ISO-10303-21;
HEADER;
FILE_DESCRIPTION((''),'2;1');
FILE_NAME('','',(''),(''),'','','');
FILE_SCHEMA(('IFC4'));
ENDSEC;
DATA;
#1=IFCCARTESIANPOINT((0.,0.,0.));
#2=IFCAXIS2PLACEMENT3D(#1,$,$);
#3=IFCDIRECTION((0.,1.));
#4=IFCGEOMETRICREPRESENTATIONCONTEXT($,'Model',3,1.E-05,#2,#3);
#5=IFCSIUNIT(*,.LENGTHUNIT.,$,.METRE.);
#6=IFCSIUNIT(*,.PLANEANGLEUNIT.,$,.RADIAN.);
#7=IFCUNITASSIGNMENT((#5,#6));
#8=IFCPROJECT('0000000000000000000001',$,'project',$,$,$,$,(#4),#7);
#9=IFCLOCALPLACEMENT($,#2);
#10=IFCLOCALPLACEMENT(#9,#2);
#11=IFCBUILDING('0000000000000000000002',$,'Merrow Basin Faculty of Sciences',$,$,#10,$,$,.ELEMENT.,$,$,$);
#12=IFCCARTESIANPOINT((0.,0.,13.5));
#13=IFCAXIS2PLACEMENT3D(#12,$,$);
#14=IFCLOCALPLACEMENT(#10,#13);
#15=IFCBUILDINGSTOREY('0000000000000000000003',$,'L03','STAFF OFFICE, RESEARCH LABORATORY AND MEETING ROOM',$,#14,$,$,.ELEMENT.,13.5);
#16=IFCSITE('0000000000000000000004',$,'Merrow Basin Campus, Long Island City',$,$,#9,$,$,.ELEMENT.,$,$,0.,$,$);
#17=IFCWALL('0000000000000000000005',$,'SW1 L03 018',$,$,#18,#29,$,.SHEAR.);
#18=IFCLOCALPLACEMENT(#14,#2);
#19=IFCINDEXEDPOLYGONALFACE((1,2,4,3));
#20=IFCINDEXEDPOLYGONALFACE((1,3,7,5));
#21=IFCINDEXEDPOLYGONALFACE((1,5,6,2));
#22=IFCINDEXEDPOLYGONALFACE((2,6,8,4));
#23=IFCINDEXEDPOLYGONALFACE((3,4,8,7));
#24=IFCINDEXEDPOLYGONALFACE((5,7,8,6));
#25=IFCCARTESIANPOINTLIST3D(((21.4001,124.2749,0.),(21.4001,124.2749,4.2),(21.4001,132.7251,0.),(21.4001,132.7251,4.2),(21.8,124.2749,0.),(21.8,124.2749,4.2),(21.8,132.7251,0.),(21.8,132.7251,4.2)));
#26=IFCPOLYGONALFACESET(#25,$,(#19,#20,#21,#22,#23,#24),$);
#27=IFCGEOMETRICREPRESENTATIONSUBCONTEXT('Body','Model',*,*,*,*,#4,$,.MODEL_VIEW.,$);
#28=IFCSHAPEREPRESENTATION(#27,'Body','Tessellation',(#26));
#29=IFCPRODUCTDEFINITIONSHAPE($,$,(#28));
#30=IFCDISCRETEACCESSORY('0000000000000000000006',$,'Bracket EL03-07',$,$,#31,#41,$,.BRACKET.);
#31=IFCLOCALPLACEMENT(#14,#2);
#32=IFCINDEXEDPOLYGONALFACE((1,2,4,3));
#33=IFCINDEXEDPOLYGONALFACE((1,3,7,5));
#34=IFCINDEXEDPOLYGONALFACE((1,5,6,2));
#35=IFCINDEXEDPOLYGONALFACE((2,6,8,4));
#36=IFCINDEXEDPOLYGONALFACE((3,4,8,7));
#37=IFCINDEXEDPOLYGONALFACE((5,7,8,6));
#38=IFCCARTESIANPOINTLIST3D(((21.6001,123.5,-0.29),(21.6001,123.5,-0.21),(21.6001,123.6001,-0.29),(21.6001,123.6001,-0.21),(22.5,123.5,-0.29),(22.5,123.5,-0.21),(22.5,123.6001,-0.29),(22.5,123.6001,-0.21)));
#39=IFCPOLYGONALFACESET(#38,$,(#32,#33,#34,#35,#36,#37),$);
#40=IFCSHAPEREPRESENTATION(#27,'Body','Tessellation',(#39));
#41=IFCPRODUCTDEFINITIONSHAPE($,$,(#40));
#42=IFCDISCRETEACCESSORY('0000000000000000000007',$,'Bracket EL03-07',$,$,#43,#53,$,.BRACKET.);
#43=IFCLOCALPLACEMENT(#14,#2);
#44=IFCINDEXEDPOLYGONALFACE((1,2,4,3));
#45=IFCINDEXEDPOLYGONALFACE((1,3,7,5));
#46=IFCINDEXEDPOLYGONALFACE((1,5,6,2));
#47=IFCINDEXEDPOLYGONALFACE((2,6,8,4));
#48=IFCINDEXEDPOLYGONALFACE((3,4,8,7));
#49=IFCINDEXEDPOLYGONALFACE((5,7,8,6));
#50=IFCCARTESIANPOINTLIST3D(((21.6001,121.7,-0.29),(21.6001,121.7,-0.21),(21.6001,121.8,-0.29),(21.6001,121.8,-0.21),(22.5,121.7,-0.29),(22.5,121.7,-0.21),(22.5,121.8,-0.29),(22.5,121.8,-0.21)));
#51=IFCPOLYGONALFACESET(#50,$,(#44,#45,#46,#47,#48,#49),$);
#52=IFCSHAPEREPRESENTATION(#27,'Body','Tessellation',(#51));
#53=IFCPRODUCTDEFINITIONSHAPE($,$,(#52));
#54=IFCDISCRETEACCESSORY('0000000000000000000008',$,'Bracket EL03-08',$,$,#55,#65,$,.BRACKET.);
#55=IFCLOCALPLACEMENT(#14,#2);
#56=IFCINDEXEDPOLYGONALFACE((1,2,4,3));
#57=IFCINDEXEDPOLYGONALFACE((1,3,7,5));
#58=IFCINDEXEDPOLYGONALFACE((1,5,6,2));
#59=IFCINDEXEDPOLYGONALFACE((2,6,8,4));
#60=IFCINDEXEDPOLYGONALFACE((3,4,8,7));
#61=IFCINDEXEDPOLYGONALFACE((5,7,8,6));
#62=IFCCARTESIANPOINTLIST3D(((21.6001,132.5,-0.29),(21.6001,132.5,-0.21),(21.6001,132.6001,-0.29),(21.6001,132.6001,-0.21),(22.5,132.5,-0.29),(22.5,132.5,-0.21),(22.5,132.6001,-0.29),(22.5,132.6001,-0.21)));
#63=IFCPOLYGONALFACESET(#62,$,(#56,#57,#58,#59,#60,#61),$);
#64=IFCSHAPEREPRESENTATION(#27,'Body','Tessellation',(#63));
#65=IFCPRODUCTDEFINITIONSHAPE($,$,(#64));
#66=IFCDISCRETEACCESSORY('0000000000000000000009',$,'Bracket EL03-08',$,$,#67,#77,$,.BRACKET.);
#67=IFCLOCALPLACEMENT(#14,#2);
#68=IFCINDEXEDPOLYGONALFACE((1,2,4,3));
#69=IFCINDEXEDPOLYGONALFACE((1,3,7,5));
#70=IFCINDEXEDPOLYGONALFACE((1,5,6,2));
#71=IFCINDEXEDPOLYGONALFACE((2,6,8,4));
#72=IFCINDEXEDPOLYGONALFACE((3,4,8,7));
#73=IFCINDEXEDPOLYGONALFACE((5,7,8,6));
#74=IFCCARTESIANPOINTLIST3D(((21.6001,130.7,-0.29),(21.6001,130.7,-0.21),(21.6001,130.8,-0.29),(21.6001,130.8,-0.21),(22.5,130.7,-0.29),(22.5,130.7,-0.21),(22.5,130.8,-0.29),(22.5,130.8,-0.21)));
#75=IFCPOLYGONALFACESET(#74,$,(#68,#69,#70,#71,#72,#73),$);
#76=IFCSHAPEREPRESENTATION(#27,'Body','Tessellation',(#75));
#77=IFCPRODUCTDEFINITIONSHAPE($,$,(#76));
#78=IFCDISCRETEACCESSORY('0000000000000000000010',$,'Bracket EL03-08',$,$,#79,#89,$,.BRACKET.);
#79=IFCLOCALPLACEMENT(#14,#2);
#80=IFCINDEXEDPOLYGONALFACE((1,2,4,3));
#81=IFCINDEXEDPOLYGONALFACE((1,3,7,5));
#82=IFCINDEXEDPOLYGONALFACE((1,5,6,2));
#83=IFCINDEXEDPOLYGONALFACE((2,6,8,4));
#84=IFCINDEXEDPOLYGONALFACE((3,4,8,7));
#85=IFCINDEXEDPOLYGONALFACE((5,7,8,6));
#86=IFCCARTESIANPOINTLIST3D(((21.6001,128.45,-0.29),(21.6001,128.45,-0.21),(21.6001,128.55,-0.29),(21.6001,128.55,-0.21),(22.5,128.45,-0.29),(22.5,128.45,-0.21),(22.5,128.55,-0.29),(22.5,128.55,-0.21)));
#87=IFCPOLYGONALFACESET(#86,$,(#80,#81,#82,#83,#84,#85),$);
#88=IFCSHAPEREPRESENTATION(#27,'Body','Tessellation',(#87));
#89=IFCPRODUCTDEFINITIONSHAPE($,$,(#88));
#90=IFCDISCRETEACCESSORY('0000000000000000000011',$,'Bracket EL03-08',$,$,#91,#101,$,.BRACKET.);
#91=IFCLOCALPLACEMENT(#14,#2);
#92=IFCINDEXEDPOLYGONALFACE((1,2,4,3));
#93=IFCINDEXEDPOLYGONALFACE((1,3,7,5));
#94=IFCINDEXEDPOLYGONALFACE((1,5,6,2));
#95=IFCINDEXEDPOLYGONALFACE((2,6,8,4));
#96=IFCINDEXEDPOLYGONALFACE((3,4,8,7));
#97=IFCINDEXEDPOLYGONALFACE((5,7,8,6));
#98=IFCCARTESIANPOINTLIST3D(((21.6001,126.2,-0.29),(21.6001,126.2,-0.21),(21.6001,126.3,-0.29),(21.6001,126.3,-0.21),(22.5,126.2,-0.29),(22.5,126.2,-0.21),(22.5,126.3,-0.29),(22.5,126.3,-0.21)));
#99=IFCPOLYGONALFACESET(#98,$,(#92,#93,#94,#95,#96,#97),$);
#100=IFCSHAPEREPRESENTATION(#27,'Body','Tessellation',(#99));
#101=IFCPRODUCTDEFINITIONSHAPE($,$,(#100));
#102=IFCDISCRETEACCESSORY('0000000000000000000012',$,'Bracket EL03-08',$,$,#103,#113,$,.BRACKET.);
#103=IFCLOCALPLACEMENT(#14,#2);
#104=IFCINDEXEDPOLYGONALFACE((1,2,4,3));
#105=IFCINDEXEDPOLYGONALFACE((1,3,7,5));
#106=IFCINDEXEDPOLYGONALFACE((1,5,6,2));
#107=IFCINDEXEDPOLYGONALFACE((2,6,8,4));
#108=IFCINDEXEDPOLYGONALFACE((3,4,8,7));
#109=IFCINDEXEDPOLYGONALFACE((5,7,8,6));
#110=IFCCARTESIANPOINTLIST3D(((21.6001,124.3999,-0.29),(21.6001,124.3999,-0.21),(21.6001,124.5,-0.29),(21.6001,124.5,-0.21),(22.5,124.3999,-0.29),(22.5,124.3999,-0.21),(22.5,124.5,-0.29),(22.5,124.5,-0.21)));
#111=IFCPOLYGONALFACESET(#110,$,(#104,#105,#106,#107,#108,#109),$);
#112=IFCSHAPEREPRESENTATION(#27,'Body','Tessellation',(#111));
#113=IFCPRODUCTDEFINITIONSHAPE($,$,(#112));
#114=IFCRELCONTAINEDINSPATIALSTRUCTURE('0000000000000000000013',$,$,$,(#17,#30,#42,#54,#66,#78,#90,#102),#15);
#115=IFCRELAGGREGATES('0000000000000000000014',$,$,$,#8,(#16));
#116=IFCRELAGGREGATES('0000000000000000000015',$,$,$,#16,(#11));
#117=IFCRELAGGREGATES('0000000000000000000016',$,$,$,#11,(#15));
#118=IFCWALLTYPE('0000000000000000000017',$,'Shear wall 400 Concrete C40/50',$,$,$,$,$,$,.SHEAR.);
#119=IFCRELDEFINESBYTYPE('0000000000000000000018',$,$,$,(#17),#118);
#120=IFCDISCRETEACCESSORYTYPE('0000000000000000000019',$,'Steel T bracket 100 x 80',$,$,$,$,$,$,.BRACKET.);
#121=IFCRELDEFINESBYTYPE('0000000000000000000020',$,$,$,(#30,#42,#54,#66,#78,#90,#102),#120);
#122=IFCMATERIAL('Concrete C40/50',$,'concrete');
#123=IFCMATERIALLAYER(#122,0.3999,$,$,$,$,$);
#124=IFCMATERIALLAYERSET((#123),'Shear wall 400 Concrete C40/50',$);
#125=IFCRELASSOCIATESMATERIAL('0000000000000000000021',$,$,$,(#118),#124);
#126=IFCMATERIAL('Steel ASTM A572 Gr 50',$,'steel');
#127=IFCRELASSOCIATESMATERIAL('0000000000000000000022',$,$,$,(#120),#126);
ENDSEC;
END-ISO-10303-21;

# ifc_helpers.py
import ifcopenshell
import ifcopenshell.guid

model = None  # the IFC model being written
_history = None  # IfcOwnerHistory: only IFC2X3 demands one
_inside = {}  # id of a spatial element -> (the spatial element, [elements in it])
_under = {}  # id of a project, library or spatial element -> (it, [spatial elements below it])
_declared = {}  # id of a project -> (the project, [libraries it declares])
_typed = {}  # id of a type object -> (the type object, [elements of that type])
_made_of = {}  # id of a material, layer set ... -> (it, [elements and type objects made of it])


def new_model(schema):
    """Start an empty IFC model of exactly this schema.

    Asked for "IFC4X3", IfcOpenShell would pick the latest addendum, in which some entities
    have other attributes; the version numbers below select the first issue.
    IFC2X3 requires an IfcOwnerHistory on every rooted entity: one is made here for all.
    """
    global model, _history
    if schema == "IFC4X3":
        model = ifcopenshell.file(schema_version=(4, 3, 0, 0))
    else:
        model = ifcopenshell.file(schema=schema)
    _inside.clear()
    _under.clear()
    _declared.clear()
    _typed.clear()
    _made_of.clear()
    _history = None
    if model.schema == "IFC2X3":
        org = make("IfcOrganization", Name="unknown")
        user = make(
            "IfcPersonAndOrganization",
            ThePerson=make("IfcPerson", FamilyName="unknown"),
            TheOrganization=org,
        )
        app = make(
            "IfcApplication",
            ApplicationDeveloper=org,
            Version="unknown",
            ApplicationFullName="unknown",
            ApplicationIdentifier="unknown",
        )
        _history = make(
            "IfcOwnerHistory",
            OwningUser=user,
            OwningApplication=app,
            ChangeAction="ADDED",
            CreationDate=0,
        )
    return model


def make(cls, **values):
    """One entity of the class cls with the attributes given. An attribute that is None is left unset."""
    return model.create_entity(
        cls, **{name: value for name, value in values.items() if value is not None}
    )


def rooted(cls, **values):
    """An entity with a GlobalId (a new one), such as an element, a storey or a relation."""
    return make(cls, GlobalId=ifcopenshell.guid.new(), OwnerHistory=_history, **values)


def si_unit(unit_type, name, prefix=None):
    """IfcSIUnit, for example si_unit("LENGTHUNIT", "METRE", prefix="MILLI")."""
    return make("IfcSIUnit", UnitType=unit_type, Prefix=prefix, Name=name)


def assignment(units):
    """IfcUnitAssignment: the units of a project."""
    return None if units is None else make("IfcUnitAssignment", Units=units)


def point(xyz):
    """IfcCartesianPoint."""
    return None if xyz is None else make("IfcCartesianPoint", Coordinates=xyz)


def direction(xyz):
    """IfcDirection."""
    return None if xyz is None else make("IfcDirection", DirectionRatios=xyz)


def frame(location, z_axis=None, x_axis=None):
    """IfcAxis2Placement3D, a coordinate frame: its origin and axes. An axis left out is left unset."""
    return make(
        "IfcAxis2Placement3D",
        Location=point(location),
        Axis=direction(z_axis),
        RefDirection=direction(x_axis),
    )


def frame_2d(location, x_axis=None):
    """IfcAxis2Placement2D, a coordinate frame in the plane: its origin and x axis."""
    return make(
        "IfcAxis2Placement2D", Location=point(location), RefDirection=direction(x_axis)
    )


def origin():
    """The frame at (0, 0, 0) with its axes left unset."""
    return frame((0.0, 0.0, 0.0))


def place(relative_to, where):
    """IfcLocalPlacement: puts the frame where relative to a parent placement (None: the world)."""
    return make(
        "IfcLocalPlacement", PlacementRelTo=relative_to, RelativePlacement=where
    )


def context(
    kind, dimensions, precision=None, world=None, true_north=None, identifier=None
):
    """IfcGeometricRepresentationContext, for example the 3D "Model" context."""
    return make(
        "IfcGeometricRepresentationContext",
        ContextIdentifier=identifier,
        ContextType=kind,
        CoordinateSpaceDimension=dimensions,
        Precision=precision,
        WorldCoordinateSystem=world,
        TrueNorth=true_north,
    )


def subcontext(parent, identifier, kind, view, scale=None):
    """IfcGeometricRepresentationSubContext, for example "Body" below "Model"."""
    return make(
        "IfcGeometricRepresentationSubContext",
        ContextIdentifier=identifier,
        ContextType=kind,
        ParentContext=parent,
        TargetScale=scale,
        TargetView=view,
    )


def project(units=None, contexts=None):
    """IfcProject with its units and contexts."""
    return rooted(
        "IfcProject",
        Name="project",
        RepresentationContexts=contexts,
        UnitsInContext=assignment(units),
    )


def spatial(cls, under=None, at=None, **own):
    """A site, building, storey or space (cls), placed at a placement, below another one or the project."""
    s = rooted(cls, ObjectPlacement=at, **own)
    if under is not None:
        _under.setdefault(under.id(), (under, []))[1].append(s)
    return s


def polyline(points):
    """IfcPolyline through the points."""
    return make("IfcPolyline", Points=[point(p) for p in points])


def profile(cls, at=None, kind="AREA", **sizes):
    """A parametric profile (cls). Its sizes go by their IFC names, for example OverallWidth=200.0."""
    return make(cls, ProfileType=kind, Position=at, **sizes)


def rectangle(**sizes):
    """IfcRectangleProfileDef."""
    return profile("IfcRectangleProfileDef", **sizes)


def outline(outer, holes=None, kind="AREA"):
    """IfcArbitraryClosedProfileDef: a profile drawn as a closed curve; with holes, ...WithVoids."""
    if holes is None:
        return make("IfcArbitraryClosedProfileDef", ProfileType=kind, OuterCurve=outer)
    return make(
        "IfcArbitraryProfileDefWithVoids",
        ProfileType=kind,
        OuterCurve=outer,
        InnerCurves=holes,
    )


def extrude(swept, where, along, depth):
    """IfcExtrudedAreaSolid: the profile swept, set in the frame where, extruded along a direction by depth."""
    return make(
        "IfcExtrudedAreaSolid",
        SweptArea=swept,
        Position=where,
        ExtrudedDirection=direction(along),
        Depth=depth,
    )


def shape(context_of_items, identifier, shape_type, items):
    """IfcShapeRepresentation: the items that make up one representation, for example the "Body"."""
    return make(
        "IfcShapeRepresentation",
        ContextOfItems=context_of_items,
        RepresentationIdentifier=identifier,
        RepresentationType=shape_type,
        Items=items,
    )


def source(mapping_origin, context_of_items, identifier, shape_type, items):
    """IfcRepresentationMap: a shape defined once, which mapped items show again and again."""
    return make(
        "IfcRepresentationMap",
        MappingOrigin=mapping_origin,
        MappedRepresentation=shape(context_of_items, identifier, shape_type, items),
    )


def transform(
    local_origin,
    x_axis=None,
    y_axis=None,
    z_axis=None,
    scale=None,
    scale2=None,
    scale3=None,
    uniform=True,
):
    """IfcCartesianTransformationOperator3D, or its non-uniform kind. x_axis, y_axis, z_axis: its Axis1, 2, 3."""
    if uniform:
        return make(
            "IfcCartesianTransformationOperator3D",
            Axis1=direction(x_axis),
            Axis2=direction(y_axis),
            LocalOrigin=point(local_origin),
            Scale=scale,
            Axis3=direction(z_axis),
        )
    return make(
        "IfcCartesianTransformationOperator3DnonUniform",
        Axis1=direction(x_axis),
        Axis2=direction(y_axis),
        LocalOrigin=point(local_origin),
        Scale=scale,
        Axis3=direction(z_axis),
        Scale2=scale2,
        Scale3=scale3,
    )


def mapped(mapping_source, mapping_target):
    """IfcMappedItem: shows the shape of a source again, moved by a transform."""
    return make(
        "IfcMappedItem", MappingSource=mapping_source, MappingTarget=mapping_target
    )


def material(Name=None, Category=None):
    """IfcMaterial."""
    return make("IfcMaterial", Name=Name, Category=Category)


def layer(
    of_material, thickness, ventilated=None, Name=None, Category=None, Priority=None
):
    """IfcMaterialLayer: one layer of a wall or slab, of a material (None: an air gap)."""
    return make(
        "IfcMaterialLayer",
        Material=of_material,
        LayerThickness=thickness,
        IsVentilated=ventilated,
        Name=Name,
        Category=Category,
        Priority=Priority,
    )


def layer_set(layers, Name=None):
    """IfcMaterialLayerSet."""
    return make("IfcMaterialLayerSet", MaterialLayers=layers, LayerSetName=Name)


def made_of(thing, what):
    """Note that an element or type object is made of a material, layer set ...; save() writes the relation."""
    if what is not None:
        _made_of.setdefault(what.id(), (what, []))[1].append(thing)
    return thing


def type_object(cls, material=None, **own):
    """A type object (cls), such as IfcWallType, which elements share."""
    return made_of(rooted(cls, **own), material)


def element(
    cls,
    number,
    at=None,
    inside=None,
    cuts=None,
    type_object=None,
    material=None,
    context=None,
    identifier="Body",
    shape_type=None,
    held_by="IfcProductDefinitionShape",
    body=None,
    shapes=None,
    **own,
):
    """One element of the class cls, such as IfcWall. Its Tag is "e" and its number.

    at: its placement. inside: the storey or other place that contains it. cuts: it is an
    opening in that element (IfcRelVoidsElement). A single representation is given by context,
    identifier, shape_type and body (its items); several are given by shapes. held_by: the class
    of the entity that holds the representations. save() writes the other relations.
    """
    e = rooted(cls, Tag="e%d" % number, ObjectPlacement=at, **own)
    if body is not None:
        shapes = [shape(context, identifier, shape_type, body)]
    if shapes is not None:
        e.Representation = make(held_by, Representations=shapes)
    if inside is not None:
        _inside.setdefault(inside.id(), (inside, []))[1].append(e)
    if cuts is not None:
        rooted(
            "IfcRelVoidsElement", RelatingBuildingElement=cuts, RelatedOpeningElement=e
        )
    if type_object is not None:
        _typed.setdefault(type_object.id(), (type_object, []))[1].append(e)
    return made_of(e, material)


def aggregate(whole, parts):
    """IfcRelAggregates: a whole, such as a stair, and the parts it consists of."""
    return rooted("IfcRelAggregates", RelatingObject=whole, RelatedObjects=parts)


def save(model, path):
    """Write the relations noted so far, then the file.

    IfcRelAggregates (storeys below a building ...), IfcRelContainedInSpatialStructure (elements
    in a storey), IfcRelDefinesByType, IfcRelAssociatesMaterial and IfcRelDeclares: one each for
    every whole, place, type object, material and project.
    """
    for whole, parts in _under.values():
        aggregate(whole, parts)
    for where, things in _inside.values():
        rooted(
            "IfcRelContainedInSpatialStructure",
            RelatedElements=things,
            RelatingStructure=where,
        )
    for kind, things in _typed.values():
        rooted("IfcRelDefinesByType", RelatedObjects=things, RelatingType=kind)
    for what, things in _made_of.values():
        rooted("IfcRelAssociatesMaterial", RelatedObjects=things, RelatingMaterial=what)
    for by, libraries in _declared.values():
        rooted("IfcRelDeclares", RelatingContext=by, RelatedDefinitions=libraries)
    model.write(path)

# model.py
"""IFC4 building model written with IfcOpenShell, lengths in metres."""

from ifc_helpers import new_model, si_unit, direction, frame, frame_2d, origin, place, context, subcontext, project, spatial, polyline, rectangle, outline, extrude, source, transform, mapped, material, layer, layer_set, type_object, element, save


model = new_model("IFC4")

# Units and contexts
model_context = context("Model", 3, precision=1e-05, world=origin(), true_north=direction((0.0, 1.0)))
body_context = subcontext(model_context, "Body", "Model", "MODEL_VIEW")
ifc_project = project(units=[si_unit("LENGTHUNIT", "METRE"), si_unit("PLANEANGLEUNIT", "RADIAN")], contexts=[model_context])

# Site, building, storey
site_placement = place(None, origin())
site = spatial("IfcSite", under=ifc_project, at=site_placement, Name="Merrow Basin Campus, Long Island City", CompositionType="ELEMENT", RefElevation=0.0)
building_placement = place(site_placement, origin())
building = spatial("IfcBuilding", under=site, at=building_placement, Name="Merrow Basin Faculty of Sciences", CompositionType="ELEMENT")
storey_placement = place(building_placement, frame((0.0, 0.0, 13.5)))
storey = spatial("IfcBuildingStorey", under=building, at=storey_placement, Name="L03", Description="STAFF OFFICE, RESEARCH LABORATORY AND MEETING ROOM", CompositionType="ELEMENT", Elevation=13.5)

# Wall
ifc_material_1 = material(Name="Concrete C40/50", Category="concrete")
ifc_layer_1 = layer(ifc_material_1, 0.3999)
ifc_layer_set_1 = layer_set([ifc_layer_1], Name="Shear wall 400 Concrete C40/50")
wall_type = type_object("IfcWallType", Name="Shear wall 400 Concrete C40/50", PredefinedType="SHEAR", material=ifc_layer_set_1)
wall_placement = place(storey_placement, frame((21.6001, 124.2749, 0.0), z_axis=(0.0, 0.0, 1.0), x_axis=(0.0, 1.0, 0.0)))
element("IfcWall", 1, at=wall_placement, inside=storey, type_object=wall_type, Name="SW1 L03 018", PredefinedType="SHEAR", context=body_context, shape_type="SweptSolid", body=[
    extrude(rectangle(XDim=8.4502, YDim=0.3999, at=frame_2d((4.2251, 0.0))), origin(), (0.0, 0.0, 1.0), 4.2),
])

# Discrete accessories
ifc_material_2 = material(Name="Steel ASTM A572 Gr 50", Category="steel")
discrete_accessory_type = type_object("IfcDiscreteAccessoryType", Name="Steel T bracket 100 x 80", PredefinedType="BRACKET", material=ifc_material_2)
shared_shape = source(origin(), body_context, "Body", "SweptSolid", [
    extrude(outline(polyline([(0.0, 0.0), (0.1001, 0.0), (0.1001, 0.0801), (0.0, 0.0801), (0.0, 0.0)])), origin(), (0.0, 0.0, 1.0), 0.8999),
])
for number, where, z_axis, x_axis, name in (
    (2, (22.5, 123.6001, -0.29), (-1.0, 0.0, 0.0), (0.0, -1.0, 0.0), "Bracket EL03-07"),
    (3, (22.5, 121.8, -0.29), (-1.0, 0.0, 0.0), (0.0, -1.0, 0.0), "Bracket EL03-07"),
    (4, (22.5, 132.6001, -0.29), (-1.0, 0.0, 0.0), (0.0, -1.0, 0.0), "Bracket EL03-08"),
    (5, (22.5, 130.8, -0.29), (-1.0, 0.0, 0.0), (0.0, -1.0, 0.0), "Bracket EL03-08"),
    (6, (22.5, 128.55, -0.29), (-1.0, 0.0, 0.0), (0.0, -1.0, 0.0), "Bracket EL03-08"),
    (7, (22.5, 126.3, -0.29), (-1.0, 0.0, 0.0), (0.0, -1.0, 0.0), "Bracket EL03-08"),
    (8, (22.5, 124.5, -0.29), (-1.0, 0.0, 0.0), (0.0, -1.0, 0.0), "Bracket EL03-08"),
):
    element("IfcDiscreteAccessory", number, at=place(storey_placement, frame(where, z_axis=z_axis, x_axis=x_axis)), inside=storey, type_object=discrete_accessory_type, Name=name, PredefinedType="BRACKET", context=body_context, shape_type="MappedRepresentation", body=[
        mapped(shared_shape, transform((0.0, 0.0, 0.0), scale=1.0)),
    ])

save(model, "model.ifc")
